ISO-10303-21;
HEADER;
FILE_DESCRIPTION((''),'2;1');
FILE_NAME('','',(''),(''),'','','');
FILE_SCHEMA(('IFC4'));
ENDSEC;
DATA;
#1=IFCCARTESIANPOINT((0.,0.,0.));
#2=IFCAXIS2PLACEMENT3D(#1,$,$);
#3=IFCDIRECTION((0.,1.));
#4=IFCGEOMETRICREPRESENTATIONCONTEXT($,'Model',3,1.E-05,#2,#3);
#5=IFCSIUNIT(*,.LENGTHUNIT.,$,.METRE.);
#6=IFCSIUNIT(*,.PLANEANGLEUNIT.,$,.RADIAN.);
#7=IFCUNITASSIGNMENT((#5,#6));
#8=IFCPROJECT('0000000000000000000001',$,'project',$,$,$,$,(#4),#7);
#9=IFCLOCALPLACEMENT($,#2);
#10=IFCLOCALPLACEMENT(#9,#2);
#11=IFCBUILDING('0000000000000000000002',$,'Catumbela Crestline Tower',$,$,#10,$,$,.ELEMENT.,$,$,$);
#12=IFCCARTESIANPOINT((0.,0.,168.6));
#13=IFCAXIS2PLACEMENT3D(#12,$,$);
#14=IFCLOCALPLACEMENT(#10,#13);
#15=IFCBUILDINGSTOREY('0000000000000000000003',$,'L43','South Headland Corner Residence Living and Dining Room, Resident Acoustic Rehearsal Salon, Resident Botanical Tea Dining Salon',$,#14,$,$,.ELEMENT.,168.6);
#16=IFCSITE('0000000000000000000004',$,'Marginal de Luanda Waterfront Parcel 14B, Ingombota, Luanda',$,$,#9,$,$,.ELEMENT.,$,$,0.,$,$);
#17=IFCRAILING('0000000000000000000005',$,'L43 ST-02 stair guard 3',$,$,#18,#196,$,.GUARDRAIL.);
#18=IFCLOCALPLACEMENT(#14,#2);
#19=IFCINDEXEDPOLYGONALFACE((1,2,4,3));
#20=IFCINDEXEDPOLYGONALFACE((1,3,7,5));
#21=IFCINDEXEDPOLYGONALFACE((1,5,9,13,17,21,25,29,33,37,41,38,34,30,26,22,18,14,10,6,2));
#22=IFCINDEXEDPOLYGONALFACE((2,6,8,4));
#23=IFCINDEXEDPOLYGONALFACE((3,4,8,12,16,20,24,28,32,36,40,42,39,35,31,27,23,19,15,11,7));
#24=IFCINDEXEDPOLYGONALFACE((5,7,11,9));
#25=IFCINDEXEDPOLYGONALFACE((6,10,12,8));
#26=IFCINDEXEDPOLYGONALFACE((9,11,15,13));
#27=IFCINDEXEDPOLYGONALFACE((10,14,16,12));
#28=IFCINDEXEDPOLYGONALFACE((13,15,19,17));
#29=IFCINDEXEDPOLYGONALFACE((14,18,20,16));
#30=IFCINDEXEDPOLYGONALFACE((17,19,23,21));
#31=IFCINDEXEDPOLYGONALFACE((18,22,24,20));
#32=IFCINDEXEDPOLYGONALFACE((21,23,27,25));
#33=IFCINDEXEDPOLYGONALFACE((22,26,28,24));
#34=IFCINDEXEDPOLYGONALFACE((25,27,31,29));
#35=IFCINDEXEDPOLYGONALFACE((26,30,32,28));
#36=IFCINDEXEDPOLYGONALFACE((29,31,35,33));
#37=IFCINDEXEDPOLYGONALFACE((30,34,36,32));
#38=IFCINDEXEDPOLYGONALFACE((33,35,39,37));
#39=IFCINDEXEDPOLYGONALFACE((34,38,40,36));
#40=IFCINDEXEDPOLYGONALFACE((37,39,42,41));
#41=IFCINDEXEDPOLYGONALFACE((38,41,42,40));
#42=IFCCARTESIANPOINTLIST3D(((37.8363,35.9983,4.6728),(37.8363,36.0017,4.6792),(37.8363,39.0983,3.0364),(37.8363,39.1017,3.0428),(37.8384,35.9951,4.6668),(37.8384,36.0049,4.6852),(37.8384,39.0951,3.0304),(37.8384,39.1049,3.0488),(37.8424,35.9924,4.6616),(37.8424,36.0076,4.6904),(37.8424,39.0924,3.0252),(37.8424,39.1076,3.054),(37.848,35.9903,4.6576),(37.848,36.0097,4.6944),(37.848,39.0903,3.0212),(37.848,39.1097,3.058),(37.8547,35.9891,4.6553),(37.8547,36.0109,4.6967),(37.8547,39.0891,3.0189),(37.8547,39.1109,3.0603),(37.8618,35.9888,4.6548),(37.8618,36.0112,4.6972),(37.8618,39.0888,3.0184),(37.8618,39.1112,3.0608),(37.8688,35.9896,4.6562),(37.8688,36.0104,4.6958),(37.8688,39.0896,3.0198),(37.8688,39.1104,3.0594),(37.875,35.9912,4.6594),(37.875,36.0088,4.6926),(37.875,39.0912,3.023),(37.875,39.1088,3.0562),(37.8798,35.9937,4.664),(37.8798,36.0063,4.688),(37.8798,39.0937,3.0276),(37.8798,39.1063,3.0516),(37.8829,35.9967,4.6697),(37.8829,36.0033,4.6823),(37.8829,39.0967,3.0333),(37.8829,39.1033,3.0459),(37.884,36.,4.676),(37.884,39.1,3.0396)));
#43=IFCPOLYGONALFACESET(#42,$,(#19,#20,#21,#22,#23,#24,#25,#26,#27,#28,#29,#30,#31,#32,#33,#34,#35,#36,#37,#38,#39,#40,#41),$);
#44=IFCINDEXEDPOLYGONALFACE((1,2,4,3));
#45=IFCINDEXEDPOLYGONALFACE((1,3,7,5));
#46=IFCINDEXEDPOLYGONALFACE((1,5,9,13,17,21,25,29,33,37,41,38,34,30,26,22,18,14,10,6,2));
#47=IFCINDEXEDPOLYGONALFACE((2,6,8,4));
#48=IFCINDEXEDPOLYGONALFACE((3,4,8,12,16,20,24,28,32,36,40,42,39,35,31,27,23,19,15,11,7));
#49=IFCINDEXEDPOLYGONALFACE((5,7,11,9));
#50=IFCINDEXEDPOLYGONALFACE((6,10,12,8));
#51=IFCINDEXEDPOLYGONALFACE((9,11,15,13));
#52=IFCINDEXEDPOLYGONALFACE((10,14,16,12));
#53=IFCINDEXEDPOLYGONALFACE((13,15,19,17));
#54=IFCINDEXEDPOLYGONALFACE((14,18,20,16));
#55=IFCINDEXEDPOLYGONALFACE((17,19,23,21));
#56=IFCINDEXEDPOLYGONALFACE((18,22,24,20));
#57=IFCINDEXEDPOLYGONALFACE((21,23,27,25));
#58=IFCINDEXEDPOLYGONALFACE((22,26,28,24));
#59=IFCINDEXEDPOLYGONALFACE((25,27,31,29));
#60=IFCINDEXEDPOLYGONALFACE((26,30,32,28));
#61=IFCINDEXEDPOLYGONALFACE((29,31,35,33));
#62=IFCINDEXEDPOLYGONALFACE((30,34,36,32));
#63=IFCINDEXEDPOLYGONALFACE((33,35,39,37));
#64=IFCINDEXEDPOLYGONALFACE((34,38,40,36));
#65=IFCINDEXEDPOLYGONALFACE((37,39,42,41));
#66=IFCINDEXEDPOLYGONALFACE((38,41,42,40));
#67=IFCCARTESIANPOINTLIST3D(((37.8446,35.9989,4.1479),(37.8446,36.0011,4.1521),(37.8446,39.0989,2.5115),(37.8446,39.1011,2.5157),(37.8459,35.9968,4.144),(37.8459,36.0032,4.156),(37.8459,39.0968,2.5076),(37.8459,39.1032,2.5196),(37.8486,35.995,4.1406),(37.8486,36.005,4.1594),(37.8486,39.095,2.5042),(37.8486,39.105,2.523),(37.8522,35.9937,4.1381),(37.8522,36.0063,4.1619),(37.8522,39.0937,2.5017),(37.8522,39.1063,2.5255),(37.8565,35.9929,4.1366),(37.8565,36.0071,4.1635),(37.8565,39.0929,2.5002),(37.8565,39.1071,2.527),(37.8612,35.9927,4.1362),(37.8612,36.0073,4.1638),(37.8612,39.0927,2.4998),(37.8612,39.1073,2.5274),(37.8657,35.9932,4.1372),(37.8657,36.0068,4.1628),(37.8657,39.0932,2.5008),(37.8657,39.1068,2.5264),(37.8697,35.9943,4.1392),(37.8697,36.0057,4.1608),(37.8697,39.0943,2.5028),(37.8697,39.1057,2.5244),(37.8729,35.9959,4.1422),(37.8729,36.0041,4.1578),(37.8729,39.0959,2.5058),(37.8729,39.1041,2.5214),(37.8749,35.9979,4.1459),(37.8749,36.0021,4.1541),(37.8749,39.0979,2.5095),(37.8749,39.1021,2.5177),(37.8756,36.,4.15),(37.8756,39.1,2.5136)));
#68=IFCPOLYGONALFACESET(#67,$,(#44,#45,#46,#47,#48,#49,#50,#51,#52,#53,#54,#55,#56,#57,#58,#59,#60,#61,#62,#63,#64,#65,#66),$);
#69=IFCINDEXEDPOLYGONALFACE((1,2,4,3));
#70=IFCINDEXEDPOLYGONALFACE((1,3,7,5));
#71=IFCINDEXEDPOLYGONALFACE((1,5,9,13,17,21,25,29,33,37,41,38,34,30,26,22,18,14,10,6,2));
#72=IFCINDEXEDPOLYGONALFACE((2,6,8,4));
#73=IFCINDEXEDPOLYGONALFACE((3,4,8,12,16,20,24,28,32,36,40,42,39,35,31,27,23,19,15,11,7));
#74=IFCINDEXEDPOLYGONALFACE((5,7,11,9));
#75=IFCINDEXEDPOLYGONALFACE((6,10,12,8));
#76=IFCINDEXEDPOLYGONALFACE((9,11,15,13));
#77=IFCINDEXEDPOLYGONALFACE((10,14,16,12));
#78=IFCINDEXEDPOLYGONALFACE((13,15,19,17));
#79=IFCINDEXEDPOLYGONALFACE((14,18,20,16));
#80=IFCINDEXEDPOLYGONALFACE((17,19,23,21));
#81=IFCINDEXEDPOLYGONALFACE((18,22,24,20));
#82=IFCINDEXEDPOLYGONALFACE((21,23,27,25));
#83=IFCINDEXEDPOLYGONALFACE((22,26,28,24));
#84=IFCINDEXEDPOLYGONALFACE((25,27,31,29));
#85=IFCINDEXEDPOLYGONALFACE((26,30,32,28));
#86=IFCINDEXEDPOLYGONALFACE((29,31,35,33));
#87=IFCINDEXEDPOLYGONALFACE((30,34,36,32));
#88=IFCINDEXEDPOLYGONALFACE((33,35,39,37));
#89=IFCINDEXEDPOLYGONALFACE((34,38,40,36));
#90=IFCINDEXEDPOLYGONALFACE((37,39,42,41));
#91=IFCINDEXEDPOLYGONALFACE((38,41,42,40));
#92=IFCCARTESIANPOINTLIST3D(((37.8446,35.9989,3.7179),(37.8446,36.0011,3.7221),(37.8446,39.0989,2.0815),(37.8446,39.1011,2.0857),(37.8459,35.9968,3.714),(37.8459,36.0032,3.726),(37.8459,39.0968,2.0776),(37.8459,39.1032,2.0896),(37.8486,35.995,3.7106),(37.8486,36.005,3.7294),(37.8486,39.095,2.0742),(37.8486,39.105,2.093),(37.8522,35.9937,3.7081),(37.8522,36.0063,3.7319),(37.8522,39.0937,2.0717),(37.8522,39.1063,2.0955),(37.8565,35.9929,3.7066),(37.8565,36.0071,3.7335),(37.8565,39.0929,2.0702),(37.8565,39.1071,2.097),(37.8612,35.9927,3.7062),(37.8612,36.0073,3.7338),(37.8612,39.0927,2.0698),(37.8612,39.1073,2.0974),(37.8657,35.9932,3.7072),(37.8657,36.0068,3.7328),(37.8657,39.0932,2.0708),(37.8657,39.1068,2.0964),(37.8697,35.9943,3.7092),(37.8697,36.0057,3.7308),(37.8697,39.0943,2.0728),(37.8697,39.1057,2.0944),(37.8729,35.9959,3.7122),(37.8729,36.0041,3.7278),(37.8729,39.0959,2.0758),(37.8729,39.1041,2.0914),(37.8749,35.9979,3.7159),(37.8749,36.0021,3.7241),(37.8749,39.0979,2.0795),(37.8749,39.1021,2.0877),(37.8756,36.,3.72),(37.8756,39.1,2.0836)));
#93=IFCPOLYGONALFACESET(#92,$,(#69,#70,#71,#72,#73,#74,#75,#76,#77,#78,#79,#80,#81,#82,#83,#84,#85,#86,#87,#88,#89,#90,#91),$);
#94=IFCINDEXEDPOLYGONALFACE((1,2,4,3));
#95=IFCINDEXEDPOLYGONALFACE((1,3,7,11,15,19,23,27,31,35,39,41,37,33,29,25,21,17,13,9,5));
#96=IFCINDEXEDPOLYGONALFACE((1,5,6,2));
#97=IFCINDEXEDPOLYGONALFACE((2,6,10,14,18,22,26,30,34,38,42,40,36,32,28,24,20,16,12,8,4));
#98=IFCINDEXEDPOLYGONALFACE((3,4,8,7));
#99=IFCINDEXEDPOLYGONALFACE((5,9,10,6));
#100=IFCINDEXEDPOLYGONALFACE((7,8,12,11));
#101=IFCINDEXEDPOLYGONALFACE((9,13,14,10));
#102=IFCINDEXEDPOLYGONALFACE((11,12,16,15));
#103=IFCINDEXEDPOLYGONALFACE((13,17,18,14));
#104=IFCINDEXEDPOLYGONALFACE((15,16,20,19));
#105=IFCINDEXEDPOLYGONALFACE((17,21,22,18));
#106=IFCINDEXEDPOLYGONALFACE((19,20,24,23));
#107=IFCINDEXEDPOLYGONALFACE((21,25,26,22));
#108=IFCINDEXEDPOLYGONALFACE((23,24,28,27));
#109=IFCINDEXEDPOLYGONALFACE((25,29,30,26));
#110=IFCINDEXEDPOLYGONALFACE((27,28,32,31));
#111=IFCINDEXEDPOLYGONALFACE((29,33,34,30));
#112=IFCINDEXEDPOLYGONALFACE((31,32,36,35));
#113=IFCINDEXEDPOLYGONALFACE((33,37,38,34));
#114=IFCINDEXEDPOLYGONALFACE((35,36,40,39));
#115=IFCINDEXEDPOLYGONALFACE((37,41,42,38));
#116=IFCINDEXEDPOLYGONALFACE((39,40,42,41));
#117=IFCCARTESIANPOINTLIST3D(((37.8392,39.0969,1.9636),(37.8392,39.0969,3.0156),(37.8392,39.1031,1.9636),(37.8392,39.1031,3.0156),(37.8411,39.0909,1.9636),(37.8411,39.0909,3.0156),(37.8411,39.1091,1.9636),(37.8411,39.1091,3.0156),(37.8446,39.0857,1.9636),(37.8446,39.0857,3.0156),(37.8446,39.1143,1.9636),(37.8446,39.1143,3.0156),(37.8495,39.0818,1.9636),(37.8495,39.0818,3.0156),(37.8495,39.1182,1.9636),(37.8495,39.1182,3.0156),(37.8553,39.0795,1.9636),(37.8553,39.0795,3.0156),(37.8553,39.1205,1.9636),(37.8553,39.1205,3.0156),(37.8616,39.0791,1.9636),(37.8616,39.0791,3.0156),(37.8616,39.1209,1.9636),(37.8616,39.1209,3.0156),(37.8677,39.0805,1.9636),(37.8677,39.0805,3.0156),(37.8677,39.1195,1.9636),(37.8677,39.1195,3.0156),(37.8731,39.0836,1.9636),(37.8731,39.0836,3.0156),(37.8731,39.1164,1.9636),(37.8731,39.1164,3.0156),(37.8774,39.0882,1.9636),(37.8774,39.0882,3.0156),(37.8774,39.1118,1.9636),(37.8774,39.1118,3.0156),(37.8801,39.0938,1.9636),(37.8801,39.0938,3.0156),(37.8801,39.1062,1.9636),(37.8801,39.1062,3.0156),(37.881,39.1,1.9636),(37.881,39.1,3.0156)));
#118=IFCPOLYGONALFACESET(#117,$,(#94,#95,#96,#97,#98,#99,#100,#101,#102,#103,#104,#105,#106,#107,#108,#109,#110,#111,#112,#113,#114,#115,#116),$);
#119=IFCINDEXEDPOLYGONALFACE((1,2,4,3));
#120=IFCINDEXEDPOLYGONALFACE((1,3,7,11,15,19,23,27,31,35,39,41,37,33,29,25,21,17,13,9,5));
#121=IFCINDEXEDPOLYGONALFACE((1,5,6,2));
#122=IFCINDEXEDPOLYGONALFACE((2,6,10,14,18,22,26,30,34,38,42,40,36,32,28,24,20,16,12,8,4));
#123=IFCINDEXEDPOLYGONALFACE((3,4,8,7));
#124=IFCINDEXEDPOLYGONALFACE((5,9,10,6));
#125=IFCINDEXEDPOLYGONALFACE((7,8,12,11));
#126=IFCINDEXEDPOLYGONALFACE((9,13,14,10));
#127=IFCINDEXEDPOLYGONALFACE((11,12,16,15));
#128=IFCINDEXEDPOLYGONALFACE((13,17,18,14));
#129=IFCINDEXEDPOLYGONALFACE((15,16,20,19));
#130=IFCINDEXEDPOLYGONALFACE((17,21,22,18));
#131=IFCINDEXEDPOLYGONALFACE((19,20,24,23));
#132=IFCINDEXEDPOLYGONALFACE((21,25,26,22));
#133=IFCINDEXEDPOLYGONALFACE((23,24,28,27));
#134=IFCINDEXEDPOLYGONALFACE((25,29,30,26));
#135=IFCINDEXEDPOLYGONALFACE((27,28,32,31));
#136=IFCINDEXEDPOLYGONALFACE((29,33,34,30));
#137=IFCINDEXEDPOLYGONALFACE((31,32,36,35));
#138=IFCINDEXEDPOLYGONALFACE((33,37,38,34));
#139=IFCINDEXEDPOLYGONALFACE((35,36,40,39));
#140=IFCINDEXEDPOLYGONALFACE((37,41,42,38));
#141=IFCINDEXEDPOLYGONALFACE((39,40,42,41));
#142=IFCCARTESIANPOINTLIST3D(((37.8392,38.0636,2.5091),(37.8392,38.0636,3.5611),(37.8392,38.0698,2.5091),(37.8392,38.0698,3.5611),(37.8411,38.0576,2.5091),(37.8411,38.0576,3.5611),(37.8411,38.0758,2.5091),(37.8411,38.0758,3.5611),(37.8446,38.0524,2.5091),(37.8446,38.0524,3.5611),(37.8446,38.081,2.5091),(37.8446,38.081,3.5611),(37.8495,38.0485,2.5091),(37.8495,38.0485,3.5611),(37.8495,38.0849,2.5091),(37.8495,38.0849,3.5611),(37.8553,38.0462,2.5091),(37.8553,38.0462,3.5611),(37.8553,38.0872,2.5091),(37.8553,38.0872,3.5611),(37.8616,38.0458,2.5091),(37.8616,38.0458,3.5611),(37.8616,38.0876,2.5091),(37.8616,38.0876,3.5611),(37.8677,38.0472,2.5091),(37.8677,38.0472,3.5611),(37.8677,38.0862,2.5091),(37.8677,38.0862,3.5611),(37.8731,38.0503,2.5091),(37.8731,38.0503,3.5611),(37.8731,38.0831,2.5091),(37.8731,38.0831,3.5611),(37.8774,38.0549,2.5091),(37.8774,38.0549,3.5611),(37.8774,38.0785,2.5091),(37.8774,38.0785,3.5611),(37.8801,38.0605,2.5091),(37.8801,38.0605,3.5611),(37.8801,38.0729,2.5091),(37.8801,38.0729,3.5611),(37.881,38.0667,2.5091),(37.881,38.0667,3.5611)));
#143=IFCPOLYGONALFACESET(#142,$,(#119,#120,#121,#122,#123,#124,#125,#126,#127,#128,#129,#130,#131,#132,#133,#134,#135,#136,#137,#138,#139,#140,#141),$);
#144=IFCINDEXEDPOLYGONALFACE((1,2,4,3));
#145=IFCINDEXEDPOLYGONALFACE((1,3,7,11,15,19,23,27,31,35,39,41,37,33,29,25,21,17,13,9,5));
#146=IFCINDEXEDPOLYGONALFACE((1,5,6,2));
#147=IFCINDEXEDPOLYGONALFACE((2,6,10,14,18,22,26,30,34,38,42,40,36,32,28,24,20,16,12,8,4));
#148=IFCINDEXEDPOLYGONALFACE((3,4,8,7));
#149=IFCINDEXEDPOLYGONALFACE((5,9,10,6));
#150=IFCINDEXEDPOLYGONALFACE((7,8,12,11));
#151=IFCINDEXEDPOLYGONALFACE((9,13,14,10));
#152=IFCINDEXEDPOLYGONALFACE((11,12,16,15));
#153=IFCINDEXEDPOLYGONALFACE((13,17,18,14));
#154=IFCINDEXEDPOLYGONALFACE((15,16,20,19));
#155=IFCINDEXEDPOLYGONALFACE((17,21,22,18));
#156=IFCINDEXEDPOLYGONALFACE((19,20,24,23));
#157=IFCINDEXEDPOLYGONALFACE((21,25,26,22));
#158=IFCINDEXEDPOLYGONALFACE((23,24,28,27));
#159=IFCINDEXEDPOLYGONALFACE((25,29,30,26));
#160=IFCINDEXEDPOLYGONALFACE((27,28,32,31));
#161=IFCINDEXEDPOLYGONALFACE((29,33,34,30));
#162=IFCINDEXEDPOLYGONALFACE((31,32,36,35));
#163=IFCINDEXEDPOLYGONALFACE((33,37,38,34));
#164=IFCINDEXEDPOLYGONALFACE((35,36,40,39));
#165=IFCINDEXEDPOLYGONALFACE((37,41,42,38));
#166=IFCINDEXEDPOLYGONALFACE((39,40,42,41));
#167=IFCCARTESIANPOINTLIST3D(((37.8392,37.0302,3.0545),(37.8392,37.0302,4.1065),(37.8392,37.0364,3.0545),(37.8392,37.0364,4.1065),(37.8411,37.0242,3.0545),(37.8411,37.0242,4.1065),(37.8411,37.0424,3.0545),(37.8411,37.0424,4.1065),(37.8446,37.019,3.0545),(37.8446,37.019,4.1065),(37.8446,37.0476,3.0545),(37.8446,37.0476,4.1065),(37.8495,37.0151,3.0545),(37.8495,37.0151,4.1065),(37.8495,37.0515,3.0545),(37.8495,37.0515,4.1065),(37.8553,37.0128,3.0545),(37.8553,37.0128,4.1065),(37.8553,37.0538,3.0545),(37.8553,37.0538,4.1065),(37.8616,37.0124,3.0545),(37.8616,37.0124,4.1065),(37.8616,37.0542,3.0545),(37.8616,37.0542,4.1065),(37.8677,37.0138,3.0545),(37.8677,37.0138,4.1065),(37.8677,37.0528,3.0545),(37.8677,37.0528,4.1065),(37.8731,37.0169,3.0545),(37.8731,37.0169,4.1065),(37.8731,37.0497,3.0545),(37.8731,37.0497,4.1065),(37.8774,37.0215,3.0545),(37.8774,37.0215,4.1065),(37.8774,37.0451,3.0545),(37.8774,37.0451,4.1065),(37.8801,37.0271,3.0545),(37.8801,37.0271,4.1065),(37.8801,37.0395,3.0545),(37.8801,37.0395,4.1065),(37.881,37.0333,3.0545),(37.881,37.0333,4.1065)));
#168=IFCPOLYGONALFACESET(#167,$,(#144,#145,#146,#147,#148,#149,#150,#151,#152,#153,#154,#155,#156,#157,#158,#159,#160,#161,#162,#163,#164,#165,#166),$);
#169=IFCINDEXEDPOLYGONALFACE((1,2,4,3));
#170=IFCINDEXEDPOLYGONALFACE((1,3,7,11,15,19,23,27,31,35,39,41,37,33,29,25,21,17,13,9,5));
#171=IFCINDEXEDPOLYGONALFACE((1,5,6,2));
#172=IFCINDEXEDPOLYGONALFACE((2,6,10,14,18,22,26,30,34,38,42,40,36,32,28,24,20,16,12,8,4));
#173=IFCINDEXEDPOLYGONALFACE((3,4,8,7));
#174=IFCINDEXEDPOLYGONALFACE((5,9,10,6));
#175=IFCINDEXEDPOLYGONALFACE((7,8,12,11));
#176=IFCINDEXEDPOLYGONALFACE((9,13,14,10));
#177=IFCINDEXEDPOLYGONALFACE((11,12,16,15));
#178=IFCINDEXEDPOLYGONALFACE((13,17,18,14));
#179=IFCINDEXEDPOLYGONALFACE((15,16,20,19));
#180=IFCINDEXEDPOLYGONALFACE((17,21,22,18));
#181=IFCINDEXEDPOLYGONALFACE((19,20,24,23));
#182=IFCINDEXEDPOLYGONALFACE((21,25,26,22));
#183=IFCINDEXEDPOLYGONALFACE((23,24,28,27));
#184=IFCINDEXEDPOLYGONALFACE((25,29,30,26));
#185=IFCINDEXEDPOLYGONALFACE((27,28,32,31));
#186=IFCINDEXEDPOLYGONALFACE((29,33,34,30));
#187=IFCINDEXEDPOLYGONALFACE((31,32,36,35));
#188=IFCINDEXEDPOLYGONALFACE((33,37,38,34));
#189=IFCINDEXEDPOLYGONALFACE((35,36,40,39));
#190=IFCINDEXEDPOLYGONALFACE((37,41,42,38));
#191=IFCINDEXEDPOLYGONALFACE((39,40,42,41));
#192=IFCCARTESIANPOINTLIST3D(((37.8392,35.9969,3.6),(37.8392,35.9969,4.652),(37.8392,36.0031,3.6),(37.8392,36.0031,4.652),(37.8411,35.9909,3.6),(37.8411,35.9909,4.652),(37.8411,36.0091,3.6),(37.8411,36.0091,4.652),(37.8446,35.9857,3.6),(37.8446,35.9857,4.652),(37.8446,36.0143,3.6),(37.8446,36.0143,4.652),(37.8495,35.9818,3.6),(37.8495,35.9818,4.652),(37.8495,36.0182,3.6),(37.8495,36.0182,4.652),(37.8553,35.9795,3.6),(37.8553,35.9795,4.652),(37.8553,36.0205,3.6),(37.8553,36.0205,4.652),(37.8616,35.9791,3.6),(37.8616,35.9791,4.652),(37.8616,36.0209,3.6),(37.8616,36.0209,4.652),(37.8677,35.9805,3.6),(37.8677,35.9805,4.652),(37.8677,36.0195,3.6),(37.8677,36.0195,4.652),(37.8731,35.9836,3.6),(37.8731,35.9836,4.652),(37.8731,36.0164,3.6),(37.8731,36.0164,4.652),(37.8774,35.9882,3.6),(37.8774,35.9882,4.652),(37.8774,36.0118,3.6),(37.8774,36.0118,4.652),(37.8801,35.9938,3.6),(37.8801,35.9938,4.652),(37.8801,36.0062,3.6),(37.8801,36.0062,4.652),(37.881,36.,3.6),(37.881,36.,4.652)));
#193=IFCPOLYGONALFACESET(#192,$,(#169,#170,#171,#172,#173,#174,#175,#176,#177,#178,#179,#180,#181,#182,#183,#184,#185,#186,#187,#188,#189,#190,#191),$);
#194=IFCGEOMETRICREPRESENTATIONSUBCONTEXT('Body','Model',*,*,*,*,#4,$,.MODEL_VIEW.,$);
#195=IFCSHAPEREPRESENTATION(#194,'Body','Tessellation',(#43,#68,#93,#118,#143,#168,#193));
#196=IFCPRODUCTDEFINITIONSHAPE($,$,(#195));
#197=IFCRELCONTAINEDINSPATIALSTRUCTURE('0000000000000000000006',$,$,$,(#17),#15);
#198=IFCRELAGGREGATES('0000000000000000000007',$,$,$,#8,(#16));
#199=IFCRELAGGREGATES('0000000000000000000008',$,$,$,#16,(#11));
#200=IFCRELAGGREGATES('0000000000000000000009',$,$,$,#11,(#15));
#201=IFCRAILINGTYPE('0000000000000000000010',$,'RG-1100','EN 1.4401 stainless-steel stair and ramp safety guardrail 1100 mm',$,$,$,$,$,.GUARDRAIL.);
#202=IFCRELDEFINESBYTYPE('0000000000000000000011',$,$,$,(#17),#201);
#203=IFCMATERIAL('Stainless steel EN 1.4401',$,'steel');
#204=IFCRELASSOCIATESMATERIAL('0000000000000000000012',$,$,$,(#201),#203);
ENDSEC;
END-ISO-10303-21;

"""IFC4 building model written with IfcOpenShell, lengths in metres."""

from ifc_helpers import new_model, si_unit, direction, frame, origin, origin_2d, place, context, subcontext, project, spatial, circle, extrude, material, type_object, element, save


model = new_model("IFC4")

# Units and contexts
model_context = context("Model", 3, precision=1e-05, world=origin(), true_north=direction((0.0, 1.0)))
body_context = subcontext(model_context, "Body", "Model", "MODEL_VIEW")
ifc_project = project(units=[si_unit("LENGTHUNIT", "METRE"), si_unit("PLANEANGLEUNIT", "RADIAN")], contexts=[model_context])

# Site, building, storey
site_placement = place(None, origin())
site = spatial("IfcSite", under=ifc_project, at=site_placement, Name="Marginal de Luanda Waterfront Parcel 14B, Ingombota, Luanda", CompositionType="ELEMENT", RefElevation=0.0)
building_placement = place(site_placement, origin())
building = spatial("IfcBuilding", under=site, at=building_placement, Name="Catumbela Crestline Tower", CompositionType="ELEMENT")
storey_placement = place(building_placement, frame((0.0, 0.0, 168.6)))
storey = spatial("IfcBuildingStorey", under=building, at=storey_placement, Name="L43", Description="South Headland Corner Residence Living and Dining Room, Resident Acoustic Rehearsal Salon, Resident Botanical Tea Dining Salon", CompositionType="ELEMENT", Elevation=168.6)

# Shared definitions
ifc_material_1 = material(Name="Stainless steel EN 1.4401", Category="steel")

# Railing
railing_type_1 = type_object("IfcRailingType", Name="RG-1100", Description="EN 1.4401 stainless-steel stair and ramp safety guardrail 1100 mm", PredefinedType="GUARDRAIL", material=ifc_material_1)
railing_1_placement = place(storey_placement, frame((37.86, 39.1, 1.9636)))
element("IfcRailing", 1, at=railing_1_placement, inside=storey, type_object=railing_type_1, Name="L43 ST-02 stair guard 3", PredefinedType="GUARDRAIL", context=body_context, shape_type="SweptSolid", body=[
    extrude(circle(Radius=0.024, at=origin_2d()), frame((0.0, 0.0, 1.076), z_axis=(0.0, -0.884351, 0.466823), x_axis=(1.0, 0.0, 0.0)), (0.0, 0.0, 1.0), 3.5054),
    extrude(circle(Radius=0.0156, at=origin_2d()), frame((0.0, 0.0, 0.55), z_axis=(0.0, -0.884351, 0.466823), x_axis=(1.0, 0.0, 0.0)), (0.0, 0.0, 1.0), 3.5054),
    extrude(circle(Radius=0.0156, at=origin_2d()), frame((0.0, 0.0, 0.12), z_axis=(0.0, -0.884351, 0.466823), x_axis=(1.0, 0.0, 0.0)), (0.0, 0.0, 1.0), 3.5054),
    extrude(circle(Radius=0.021, at=origin_2d()), origin(), (0.0, 0.0, 1.0), 1.052),
    extrude(circle(Radius=0.021, at=origin_2d()), frame((0.0, -1.0333, 0.5455)), (0.0, 0.0, 1.0), 1.052),
    extrude(circle(Radius=0.021, at=origin_2d()), frame((0.0, -2.0667, 1.0909)), (0.0, 0.0, 1.0), 1.052),
    extrude(circle(Radius=0.021, at=origin_2d()), frame((0.0, -3.1, 1.6364)), (0.0, 0.0, 1.0), 1.052),
])

save(model, "model.ifc")
